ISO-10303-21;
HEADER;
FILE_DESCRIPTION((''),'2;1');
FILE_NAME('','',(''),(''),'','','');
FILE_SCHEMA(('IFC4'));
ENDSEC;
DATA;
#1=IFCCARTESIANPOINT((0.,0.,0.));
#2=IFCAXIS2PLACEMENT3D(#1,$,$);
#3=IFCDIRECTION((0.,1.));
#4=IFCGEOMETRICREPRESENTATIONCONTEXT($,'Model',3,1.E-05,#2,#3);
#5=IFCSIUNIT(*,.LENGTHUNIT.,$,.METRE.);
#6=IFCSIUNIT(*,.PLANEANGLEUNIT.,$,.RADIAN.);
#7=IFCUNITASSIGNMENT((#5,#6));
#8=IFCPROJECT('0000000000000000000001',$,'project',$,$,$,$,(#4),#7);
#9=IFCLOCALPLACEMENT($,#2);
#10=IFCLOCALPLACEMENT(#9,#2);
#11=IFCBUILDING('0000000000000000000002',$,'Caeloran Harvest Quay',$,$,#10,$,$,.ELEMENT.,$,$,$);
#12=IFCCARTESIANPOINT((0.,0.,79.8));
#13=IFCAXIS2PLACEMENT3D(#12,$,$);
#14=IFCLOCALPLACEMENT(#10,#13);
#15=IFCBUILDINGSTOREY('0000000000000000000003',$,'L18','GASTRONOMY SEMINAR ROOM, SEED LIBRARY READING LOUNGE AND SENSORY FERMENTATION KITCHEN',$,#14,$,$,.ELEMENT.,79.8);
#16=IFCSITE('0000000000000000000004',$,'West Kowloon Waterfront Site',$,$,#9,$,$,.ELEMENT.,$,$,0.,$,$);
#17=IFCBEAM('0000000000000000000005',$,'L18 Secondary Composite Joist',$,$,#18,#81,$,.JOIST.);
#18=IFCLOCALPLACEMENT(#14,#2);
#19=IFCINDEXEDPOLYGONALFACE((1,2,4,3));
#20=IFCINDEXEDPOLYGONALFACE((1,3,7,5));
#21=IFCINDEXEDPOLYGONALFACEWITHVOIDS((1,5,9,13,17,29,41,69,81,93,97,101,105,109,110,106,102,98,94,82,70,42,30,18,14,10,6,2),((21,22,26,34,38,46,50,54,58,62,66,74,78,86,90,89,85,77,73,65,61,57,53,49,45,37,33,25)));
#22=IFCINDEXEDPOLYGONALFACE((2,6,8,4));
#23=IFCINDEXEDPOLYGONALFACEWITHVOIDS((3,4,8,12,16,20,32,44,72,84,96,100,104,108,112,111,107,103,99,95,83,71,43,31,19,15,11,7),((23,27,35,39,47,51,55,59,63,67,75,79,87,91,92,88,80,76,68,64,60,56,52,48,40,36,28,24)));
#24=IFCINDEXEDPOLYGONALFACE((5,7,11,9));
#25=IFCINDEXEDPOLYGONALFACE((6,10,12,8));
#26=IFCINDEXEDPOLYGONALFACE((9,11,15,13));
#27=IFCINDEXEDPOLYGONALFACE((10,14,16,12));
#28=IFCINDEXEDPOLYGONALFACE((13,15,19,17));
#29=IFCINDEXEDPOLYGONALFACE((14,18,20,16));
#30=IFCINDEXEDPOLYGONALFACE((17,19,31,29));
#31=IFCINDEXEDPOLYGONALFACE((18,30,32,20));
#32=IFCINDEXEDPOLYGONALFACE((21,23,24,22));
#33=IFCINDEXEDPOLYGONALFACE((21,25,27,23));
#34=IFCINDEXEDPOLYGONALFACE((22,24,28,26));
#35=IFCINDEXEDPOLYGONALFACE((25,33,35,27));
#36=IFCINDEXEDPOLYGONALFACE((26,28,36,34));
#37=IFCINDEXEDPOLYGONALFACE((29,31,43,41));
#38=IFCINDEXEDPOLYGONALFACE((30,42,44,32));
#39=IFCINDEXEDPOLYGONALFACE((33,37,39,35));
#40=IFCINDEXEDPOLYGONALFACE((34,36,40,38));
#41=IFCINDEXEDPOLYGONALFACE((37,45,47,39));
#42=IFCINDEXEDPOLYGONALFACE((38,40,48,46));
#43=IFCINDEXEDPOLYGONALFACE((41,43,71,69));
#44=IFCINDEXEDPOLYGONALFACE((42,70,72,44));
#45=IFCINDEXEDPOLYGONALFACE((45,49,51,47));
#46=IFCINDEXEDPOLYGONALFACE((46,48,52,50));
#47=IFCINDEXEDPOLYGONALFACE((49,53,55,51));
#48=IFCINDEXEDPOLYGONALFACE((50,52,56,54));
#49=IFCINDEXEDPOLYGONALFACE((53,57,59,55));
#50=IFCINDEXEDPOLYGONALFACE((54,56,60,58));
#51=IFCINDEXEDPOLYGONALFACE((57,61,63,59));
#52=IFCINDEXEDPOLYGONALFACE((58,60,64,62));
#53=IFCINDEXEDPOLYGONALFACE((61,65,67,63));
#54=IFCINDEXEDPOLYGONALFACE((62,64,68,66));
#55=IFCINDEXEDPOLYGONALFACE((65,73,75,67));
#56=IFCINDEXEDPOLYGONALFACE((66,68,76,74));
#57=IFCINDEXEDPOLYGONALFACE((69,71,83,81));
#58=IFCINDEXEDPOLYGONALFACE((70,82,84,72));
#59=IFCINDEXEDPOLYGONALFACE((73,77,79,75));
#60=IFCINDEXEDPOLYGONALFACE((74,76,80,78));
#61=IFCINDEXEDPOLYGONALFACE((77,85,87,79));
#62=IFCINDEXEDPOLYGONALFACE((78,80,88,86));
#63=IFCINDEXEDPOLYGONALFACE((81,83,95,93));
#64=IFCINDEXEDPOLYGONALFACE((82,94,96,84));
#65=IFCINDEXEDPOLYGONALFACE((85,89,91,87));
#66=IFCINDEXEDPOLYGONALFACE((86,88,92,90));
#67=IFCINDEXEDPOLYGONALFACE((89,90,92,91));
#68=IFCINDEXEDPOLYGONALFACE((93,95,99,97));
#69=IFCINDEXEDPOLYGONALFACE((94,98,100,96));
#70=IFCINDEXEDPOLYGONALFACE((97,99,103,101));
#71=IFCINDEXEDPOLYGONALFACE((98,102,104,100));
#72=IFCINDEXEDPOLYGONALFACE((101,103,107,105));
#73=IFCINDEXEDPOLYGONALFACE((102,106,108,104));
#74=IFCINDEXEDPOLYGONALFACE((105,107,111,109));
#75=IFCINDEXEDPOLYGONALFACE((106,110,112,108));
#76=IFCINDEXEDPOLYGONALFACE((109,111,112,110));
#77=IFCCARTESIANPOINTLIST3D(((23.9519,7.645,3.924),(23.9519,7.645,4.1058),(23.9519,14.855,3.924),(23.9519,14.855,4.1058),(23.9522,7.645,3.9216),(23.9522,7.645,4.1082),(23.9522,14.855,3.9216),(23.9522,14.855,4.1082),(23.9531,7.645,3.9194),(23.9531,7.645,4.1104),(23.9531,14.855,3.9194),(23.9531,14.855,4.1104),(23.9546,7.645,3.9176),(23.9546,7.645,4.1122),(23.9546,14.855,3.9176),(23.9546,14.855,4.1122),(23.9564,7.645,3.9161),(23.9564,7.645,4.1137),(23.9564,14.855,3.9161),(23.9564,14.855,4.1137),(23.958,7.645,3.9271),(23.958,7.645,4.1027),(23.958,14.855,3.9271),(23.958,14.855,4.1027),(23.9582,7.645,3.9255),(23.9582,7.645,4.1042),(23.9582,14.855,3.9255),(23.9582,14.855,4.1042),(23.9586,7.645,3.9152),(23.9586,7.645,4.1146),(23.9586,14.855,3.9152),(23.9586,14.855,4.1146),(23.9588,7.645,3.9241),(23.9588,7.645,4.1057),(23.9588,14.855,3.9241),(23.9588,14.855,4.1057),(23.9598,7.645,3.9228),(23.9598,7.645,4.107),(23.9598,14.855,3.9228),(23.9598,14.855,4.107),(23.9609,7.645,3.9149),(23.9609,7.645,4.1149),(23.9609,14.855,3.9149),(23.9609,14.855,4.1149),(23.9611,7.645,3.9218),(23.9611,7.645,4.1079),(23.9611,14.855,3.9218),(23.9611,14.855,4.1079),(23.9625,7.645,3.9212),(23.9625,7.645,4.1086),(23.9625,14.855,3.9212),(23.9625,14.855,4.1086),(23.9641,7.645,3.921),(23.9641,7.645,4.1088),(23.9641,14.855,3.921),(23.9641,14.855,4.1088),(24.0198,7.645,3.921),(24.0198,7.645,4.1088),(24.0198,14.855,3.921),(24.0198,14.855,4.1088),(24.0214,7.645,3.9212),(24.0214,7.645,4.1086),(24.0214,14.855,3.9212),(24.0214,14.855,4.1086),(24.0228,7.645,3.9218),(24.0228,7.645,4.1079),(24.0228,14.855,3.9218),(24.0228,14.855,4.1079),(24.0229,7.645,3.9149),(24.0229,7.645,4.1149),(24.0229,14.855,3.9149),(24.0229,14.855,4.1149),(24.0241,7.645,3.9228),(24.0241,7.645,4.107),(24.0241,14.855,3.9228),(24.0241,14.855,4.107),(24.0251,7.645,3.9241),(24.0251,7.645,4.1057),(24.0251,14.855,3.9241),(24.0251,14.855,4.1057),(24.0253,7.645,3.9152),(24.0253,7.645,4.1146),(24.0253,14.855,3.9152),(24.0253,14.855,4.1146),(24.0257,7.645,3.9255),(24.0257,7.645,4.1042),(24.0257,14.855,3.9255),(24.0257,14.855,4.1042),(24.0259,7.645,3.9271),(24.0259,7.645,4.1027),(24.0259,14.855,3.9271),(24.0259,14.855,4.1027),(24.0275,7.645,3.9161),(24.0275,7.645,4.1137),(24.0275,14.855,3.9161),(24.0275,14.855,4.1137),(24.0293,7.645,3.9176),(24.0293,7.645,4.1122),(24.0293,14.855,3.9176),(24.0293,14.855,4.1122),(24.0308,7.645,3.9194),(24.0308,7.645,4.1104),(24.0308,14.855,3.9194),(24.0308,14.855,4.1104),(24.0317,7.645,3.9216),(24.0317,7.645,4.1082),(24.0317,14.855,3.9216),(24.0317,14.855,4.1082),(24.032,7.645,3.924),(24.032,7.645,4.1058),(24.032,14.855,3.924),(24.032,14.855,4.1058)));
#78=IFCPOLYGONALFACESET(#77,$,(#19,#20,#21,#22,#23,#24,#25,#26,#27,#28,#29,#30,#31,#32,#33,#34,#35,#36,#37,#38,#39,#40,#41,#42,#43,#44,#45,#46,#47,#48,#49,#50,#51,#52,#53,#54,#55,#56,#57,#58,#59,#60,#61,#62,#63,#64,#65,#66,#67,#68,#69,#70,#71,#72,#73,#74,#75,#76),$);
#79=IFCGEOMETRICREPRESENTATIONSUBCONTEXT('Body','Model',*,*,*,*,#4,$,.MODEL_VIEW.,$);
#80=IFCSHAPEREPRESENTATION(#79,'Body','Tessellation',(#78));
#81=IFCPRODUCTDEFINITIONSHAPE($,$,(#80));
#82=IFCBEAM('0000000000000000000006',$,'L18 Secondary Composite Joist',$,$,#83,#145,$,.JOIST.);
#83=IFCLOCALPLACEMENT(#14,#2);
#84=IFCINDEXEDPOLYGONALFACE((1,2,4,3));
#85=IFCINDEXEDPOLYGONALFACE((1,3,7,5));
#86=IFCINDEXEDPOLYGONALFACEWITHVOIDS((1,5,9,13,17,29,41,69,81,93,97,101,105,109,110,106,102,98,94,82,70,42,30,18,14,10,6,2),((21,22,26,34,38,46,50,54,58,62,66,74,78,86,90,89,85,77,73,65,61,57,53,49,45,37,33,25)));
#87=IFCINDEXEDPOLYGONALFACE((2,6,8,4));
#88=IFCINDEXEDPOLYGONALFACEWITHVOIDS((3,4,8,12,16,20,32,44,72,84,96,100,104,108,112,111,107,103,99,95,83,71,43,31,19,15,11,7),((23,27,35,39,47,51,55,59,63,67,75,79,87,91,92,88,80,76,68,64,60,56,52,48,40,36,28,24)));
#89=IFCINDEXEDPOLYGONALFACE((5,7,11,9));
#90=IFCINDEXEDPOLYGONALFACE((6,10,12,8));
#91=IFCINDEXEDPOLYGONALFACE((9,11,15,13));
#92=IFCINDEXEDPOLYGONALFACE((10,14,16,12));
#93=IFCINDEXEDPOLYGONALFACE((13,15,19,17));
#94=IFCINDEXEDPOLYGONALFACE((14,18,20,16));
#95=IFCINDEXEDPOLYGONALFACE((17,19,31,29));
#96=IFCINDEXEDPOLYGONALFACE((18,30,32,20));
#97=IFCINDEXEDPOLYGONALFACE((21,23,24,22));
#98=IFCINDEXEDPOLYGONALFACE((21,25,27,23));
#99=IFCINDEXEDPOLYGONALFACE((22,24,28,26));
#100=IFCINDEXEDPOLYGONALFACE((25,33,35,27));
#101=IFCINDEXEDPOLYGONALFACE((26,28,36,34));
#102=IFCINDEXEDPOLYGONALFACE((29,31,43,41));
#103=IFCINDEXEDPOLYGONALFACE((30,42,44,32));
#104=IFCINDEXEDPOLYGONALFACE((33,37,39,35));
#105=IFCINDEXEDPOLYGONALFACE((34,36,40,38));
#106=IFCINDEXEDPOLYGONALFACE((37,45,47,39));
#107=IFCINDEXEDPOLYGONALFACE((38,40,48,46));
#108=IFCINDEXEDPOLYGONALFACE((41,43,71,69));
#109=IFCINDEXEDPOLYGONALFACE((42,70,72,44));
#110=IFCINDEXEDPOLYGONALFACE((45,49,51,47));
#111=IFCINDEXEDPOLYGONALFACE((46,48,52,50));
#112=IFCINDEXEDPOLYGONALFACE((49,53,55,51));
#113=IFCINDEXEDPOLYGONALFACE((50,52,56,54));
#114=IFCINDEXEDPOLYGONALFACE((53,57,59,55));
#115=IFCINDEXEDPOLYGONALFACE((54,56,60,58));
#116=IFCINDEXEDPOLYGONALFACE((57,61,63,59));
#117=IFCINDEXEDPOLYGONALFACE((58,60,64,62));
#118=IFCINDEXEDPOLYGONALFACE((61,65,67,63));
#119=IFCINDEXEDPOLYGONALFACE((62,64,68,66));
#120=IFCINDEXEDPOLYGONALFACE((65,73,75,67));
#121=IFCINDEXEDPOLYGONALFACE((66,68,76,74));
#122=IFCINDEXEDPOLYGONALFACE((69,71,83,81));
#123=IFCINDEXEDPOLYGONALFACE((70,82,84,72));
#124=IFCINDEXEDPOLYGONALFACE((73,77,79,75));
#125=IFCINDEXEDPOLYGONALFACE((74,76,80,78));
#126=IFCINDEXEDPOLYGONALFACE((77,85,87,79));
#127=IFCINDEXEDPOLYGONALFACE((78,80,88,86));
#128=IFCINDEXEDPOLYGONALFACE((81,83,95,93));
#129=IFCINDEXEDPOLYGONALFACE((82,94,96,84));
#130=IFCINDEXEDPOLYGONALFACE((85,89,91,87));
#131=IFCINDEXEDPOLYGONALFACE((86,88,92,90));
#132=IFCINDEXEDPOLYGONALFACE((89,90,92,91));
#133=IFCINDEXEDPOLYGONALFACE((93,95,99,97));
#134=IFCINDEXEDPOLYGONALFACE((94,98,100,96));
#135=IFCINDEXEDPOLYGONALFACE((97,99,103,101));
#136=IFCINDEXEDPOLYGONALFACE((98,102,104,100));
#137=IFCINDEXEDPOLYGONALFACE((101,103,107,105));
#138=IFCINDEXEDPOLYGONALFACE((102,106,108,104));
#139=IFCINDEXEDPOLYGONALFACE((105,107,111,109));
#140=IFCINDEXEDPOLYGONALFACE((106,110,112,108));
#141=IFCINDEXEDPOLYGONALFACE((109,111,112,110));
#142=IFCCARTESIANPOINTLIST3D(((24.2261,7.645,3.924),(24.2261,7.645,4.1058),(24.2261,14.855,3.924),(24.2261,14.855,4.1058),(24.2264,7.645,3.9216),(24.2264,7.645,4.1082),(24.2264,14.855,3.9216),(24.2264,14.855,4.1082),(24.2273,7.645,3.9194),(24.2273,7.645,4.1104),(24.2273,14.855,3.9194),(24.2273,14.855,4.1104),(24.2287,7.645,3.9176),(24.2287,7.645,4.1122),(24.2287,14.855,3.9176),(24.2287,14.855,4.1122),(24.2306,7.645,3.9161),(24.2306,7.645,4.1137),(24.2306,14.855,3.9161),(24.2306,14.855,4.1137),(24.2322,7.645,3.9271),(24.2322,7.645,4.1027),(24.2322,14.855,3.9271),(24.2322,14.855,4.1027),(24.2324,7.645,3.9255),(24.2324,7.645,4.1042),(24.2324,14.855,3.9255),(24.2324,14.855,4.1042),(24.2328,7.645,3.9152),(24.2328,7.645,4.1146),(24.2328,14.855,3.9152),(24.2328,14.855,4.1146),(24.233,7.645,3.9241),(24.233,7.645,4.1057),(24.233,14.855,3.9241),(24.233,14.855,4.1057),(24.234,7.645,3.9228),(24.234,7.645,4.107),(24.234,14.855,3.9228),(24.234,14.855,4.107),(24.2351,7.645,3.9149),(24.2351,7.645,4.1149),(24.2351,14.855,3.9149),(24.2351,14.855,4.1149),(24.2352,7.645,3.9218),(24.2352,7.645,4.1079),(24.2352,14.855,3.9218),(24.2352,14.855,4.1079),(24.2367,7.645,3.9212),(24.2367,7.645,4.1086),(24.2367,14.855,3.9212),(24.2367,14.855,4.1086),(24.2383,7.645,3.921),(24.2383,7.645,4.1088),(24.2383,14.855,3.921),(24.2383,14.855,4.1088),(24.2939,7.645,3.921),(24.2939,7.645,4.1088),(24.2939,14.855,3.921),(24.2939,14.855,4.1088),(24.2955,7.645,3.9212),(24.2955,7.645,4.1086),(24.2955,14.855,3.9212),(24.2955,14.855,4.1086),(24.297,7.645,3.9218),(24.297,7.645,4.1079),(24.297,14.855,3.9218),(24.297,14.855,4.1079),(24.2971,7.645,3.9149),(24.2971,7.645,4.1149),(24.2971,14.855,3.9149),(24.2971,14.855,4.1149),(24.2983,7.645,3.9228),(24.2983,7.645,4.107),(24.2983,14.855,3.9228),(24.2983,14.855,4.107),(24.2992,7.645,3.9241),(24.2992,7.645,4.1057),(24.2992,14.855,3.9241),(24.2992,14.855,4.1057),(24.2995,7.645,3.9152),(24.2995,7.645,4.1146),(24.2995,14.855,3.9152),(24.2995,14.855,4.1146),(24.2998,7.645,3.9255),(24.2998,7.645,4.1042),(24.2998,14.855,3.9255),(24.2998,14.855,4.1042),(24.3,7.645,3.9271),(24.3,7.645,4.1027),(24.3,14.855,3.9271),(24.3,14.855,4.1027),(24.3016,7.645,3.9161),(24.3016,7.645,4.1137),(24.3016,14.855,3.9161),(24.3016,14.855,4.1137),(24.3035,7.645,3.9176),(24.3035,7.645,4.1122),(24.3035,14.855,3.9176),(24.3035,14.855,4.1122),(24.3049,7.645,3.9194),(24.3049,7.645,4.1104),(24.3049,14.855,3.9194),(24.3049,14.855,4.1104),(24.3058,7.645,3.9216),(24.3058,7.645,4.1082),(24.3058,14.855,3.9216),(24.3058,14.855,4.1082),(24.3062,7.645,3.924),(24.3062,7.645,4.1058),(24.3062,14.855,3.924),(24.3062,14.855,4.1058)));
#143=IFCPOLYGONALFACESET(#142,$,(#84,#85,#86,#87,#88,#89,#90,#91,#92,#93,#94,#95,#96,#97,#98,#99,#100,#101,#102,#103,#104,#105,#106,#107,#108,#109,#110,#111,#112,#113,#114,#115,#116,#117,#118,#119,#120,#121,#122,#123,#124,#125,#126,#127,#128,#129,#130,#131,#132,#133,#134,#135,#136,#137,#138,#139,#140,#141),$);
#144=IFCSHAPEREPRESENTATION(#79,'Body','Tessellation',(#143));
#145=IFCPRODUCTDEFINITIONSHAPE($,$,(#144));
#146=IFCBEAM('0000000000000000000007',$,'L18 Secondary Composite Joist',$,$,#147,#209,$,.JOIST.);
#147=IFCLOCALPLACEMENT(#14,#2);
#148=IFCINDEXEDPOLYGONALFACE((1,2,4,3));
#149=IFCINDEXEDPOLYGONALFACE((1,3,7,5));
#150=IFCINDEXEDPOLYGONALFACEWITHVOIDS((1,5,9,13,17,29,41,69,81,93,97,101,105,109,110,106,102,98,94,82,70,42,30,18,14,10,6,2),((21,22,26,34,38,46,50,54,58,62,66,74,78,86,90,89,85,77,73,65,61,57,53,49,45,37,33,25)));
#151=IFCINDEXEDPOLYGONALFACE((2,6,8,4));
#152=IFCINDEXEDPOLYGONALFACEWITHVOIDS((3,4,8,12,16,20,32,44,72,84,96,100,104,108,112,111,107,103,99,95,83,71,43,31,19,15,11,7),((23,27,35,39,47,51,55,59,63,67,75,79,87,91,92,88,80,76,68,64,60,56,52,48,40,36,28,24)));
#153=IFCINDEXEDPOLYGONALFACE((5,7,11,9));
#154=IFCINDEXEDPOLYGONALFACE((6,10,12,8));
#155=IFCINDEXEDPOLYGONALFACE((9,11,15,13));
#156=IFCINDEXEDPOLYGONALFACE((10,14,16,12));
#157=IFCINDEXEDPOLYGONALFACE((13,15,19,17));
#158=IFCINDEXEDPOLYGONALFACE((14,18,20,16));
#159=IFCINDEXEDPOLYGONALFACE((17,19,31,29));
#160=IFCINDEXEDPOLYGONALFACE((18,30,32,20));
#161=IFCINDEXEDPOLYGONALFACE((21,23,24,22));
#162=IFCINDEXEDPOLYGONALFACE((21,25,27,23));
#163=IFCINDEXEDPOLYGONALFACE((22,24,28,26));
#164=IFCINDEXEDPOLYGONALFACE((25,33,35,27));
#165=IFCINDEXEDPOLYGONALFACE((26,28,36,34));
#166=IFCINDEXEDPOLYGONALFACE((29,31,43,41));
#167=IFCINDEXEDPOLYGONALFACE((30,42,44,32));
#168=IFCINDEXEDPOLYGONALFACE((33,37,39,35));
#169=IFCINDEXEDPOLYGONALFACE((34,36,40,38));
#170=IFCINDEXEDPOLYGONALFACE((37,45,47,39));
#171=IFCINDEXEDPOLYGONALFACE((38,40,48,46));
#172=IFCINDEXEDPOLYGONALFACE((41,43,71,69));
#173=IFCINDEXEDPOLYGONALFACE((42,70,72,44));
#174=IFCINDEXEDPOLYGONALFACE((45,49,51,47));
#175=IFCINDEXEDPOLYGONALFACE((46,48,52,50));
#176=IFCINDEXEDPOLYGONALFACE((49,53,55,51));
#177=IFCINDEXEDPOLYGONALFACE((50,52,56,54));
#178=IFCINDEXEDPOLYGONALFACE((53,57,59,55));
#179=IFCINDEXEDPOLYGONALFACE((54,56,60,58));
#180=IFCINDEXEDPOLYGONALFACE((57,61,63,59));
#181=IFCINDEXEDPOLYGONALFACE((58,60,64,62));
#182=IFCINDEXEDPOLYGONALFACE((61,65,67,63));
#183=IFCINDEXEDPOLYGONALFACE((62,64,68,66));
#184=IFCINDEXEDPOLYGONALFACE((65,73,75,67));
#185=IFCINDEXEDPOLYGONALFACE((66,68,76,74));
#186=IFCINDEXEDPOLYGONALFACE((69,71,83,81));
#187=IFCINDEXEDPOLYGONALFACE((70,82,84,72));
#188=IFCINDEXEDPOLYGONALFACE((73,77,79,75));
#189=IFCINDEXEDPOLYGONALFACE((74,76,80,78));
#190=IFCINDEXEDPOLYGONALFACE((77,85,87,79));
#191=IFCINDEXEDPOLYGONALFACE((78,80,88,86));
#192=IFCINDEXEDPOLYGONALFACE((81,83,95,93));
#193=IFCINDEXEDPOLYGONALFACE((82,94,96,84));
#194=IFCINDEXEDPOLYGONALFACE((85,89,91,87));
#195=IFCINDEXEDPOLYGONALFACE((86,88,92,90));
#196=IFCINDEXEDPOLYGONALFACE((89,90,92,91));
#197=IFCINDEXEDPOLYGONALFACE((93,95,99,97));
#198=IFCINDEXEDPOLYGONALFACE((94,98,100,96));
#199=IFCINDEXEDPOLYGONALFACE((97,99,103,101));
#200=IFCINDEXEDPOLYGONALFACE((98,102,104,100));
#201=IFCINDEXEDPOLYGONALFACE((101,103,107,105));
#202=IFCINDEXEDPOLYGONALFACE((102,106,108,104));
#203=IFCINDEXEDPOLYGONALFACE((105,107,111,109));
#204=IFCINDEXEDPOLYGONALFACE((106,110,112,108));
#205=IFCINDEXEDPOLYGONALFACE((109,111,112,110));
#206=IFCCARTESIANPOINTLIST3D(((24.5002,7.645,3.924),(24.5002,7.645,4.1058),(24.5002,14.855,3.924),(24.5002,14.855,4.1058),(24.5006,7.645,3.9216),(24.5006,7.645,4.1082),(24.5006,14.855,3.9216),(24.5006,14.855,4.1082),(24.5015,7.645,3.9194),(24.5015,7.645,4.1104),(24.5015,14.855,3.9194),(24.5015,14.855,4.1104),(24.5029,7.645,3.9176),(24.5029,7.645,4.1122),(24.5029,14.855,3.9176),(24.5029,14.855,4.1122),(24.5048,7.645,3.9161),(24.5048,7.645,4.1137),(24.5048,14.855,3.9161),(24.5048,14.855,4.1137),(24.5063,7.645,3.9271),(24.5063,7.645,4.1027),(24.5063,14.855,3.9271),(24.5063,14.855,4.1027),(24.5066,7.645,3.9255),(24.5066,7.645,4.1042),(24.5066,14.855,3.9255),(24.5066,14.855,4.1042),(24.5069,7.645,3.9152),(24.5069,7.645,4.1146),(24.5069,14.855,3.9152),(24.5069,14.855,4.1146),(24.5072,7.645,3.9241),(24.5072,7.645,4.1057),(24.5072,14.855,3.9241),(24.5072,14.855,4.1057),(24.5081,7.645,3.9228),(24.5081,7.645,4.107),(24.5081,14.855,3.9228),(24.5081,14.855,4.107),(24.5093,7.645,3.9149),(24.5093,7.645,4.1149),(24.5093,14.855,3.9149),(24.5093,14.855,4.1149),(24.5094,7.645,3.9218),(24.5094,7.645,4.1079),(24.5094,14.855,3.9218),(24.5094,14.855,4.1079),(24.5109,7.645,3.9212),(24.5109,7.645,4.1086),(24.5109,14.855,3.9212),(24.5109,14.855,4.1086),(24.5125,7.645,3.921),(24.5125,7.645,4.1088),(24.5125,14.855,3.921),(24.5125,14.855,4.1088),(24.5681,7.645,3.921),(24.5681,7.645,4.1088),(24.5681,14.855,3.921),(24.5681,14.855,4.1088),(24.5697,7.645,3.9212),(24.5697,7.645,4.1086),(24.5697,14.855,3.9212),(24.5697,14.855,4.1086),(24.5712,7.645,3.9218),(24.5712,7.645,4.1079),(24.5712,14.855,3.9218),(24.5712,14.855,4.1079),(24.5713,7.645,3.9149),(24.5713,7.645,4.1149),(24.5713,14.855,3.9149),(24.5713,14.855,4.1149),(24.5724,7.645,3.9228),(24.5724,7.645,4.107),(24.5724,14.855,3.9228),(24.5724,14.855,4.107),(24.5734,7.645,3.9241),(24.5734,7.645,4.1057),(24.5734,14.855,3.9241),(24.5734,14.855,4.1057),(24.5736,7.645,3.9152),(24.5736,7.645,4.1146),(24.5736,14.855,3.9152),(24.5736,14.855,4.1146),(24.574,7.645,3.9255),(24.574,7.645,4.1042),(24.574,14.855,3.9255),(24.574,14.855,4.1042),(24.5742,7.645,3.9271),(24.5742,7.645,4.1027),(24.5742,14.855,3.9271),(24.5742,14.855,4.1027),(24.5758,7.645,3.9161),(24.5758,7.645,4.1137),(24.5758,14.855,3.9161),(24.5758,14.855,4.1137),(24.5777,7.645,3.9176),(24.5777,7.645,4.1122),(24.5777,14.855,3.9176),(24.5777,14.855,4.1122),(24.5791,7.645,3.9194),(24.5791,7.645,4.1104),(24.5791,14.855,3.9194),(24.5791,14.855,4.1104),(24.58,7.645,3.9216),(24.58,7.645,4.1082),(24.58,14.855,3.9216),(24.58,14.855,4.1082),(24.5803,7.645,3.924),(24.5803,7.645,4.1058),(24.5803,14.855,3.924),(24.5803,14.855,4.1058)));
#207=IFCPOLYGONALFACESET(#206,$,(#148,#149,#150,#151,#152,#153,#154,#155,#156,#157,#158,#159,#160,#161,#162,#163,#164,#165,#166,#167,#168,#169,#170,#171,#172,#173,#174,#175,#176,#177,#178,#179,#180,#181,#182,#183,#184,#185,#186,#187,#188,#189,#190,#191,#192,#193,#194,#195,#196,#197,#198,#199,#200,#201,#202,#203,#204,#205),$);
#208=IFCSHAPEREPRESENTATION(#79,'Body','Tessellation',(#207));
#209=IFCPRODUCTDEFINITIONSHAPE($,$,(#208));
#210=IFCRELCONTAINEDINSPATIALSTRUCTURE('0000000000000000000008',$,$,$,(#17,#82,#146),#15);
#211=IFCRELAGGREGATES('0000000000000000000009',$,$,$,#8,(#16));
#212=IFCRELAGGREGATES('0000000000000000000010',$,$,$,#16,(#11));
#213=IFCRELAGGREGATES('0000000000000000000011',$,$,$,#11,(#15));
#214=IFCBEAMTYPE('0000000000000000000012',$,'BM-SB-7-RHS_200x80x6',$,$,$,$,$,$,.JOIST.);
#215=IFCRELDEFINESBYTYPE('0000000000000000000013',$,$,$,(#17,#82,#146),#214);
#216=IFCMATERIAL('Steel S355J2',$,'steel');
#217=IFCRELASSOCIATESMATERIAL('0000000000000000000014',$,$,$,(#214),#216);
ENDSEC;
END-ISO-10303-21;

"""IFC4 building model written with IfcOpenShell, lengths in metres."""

from ifc_helpers import new_model, si_unit, direction, frame, origin, origin_2d, place, context, subcontext, project, spatial, hollow_rectangle, extrude, material, material_profile, profile_set, type_object, element, save


model = new_model("IFC4")

# Units and contexts
model_context = context("Model", 3, precision=1e-05, world=origin(), true_north=direction((0.0, 1.0)))
body_context = subcontext(model_context, "Body", "Model", "MODEL_VIEW")
ifc_project = project(units=[si_unit("LENGTHUNIT", "METRE"), si_unit("PLANEANGLEUNIT", "RADIAN")], contexts=[model_context])

# Site, building, storey
site_placement = place(None, origin())
site = spatial("IfcSite", under=ifc_project, at=site_placement, Name="West Kowloon Waterfront Site", CompositionType="ELEMENT", RefElevation=0.0)
building_placement = place(site_placement, origin())
building = spatial("IfcBuilding", under=site, at=building_placement, Name="Caeloran Harvest Quay", CompositionType="ELEMENT")
storey_placement = place(building_placement, frame((0.0, 0.0, 79.8)))
storey = spatial("IfcBuildingStorey", under=building, at=storey_placement, Name="L18", Description="GASTRONOMY SEMINAR ROOM, SEED LIBRARY READING LOUNGE AND SENSORY FERMENTATION KITCHEN", CompositionType="ELEMENT", Elevation=79.8)

# Beams
ifc_material_1 = material(Name="Steel S355J2", Category="steel")
ifc_material_profile_1 = material_profile(ifc_material_1, hollow_rectangle(XDim=0.0801, YDim=0.2, WallThickness=0.0061, InnerFilletRadius=0.0061, OuterFilletRadius=0.009, at=origin_2d()), Name="RHS 200x80x6")
ifc_profile_set_1 = profile_set([ifc_material_profile_1], Name="Steel S355J2")
beam_type_1 = type_object("IfcBeamType", Name="BM-SB-7-RHS_200x80x6", PredefinedType="JOIST", material=ifc_profile_set_1)
for number, where, z_axis, x_axis, name in (
    (1, (23.9919, 7.645, 4.0149), (0.0, 1.0, 0.0), (-1.0, 0.0, 0.0), "L18 Secondary Composite Joist"),
    (2, (24.2661, 7.645, 4.0149), (0.0, 1.0, 0.0), (-1.0, 0.0, 0.0), "L18 Secondary Composite Joist"),
    (3, (24.5403, 7.645, 4.0149), (0.0, 1.0, 0.0), (-1.0, 0.0, 0.0), "L18 Secondary Composite Joist"),
):
    element("IfcBeam", number, at=place(storey_placement, frame(where, z_axis=z_axis, x_axis=x_axis)), inside=storey, type_object=beam_type_1, Name=name, PredefinedType="JOIST", context=body_context, shape_type="SweptSolid", body=[
        extrude(hollow_rectangle(XDim=0.0801, YDim=0.2, WallThickness=0.0061, InnerFilletRadius=0.0061, OuterFilletRadius=0.009, at=origin_2d()), origin(), (0.0, 0.0, 1.0), 7.21),
    ])

save(model, "model.ifc")
